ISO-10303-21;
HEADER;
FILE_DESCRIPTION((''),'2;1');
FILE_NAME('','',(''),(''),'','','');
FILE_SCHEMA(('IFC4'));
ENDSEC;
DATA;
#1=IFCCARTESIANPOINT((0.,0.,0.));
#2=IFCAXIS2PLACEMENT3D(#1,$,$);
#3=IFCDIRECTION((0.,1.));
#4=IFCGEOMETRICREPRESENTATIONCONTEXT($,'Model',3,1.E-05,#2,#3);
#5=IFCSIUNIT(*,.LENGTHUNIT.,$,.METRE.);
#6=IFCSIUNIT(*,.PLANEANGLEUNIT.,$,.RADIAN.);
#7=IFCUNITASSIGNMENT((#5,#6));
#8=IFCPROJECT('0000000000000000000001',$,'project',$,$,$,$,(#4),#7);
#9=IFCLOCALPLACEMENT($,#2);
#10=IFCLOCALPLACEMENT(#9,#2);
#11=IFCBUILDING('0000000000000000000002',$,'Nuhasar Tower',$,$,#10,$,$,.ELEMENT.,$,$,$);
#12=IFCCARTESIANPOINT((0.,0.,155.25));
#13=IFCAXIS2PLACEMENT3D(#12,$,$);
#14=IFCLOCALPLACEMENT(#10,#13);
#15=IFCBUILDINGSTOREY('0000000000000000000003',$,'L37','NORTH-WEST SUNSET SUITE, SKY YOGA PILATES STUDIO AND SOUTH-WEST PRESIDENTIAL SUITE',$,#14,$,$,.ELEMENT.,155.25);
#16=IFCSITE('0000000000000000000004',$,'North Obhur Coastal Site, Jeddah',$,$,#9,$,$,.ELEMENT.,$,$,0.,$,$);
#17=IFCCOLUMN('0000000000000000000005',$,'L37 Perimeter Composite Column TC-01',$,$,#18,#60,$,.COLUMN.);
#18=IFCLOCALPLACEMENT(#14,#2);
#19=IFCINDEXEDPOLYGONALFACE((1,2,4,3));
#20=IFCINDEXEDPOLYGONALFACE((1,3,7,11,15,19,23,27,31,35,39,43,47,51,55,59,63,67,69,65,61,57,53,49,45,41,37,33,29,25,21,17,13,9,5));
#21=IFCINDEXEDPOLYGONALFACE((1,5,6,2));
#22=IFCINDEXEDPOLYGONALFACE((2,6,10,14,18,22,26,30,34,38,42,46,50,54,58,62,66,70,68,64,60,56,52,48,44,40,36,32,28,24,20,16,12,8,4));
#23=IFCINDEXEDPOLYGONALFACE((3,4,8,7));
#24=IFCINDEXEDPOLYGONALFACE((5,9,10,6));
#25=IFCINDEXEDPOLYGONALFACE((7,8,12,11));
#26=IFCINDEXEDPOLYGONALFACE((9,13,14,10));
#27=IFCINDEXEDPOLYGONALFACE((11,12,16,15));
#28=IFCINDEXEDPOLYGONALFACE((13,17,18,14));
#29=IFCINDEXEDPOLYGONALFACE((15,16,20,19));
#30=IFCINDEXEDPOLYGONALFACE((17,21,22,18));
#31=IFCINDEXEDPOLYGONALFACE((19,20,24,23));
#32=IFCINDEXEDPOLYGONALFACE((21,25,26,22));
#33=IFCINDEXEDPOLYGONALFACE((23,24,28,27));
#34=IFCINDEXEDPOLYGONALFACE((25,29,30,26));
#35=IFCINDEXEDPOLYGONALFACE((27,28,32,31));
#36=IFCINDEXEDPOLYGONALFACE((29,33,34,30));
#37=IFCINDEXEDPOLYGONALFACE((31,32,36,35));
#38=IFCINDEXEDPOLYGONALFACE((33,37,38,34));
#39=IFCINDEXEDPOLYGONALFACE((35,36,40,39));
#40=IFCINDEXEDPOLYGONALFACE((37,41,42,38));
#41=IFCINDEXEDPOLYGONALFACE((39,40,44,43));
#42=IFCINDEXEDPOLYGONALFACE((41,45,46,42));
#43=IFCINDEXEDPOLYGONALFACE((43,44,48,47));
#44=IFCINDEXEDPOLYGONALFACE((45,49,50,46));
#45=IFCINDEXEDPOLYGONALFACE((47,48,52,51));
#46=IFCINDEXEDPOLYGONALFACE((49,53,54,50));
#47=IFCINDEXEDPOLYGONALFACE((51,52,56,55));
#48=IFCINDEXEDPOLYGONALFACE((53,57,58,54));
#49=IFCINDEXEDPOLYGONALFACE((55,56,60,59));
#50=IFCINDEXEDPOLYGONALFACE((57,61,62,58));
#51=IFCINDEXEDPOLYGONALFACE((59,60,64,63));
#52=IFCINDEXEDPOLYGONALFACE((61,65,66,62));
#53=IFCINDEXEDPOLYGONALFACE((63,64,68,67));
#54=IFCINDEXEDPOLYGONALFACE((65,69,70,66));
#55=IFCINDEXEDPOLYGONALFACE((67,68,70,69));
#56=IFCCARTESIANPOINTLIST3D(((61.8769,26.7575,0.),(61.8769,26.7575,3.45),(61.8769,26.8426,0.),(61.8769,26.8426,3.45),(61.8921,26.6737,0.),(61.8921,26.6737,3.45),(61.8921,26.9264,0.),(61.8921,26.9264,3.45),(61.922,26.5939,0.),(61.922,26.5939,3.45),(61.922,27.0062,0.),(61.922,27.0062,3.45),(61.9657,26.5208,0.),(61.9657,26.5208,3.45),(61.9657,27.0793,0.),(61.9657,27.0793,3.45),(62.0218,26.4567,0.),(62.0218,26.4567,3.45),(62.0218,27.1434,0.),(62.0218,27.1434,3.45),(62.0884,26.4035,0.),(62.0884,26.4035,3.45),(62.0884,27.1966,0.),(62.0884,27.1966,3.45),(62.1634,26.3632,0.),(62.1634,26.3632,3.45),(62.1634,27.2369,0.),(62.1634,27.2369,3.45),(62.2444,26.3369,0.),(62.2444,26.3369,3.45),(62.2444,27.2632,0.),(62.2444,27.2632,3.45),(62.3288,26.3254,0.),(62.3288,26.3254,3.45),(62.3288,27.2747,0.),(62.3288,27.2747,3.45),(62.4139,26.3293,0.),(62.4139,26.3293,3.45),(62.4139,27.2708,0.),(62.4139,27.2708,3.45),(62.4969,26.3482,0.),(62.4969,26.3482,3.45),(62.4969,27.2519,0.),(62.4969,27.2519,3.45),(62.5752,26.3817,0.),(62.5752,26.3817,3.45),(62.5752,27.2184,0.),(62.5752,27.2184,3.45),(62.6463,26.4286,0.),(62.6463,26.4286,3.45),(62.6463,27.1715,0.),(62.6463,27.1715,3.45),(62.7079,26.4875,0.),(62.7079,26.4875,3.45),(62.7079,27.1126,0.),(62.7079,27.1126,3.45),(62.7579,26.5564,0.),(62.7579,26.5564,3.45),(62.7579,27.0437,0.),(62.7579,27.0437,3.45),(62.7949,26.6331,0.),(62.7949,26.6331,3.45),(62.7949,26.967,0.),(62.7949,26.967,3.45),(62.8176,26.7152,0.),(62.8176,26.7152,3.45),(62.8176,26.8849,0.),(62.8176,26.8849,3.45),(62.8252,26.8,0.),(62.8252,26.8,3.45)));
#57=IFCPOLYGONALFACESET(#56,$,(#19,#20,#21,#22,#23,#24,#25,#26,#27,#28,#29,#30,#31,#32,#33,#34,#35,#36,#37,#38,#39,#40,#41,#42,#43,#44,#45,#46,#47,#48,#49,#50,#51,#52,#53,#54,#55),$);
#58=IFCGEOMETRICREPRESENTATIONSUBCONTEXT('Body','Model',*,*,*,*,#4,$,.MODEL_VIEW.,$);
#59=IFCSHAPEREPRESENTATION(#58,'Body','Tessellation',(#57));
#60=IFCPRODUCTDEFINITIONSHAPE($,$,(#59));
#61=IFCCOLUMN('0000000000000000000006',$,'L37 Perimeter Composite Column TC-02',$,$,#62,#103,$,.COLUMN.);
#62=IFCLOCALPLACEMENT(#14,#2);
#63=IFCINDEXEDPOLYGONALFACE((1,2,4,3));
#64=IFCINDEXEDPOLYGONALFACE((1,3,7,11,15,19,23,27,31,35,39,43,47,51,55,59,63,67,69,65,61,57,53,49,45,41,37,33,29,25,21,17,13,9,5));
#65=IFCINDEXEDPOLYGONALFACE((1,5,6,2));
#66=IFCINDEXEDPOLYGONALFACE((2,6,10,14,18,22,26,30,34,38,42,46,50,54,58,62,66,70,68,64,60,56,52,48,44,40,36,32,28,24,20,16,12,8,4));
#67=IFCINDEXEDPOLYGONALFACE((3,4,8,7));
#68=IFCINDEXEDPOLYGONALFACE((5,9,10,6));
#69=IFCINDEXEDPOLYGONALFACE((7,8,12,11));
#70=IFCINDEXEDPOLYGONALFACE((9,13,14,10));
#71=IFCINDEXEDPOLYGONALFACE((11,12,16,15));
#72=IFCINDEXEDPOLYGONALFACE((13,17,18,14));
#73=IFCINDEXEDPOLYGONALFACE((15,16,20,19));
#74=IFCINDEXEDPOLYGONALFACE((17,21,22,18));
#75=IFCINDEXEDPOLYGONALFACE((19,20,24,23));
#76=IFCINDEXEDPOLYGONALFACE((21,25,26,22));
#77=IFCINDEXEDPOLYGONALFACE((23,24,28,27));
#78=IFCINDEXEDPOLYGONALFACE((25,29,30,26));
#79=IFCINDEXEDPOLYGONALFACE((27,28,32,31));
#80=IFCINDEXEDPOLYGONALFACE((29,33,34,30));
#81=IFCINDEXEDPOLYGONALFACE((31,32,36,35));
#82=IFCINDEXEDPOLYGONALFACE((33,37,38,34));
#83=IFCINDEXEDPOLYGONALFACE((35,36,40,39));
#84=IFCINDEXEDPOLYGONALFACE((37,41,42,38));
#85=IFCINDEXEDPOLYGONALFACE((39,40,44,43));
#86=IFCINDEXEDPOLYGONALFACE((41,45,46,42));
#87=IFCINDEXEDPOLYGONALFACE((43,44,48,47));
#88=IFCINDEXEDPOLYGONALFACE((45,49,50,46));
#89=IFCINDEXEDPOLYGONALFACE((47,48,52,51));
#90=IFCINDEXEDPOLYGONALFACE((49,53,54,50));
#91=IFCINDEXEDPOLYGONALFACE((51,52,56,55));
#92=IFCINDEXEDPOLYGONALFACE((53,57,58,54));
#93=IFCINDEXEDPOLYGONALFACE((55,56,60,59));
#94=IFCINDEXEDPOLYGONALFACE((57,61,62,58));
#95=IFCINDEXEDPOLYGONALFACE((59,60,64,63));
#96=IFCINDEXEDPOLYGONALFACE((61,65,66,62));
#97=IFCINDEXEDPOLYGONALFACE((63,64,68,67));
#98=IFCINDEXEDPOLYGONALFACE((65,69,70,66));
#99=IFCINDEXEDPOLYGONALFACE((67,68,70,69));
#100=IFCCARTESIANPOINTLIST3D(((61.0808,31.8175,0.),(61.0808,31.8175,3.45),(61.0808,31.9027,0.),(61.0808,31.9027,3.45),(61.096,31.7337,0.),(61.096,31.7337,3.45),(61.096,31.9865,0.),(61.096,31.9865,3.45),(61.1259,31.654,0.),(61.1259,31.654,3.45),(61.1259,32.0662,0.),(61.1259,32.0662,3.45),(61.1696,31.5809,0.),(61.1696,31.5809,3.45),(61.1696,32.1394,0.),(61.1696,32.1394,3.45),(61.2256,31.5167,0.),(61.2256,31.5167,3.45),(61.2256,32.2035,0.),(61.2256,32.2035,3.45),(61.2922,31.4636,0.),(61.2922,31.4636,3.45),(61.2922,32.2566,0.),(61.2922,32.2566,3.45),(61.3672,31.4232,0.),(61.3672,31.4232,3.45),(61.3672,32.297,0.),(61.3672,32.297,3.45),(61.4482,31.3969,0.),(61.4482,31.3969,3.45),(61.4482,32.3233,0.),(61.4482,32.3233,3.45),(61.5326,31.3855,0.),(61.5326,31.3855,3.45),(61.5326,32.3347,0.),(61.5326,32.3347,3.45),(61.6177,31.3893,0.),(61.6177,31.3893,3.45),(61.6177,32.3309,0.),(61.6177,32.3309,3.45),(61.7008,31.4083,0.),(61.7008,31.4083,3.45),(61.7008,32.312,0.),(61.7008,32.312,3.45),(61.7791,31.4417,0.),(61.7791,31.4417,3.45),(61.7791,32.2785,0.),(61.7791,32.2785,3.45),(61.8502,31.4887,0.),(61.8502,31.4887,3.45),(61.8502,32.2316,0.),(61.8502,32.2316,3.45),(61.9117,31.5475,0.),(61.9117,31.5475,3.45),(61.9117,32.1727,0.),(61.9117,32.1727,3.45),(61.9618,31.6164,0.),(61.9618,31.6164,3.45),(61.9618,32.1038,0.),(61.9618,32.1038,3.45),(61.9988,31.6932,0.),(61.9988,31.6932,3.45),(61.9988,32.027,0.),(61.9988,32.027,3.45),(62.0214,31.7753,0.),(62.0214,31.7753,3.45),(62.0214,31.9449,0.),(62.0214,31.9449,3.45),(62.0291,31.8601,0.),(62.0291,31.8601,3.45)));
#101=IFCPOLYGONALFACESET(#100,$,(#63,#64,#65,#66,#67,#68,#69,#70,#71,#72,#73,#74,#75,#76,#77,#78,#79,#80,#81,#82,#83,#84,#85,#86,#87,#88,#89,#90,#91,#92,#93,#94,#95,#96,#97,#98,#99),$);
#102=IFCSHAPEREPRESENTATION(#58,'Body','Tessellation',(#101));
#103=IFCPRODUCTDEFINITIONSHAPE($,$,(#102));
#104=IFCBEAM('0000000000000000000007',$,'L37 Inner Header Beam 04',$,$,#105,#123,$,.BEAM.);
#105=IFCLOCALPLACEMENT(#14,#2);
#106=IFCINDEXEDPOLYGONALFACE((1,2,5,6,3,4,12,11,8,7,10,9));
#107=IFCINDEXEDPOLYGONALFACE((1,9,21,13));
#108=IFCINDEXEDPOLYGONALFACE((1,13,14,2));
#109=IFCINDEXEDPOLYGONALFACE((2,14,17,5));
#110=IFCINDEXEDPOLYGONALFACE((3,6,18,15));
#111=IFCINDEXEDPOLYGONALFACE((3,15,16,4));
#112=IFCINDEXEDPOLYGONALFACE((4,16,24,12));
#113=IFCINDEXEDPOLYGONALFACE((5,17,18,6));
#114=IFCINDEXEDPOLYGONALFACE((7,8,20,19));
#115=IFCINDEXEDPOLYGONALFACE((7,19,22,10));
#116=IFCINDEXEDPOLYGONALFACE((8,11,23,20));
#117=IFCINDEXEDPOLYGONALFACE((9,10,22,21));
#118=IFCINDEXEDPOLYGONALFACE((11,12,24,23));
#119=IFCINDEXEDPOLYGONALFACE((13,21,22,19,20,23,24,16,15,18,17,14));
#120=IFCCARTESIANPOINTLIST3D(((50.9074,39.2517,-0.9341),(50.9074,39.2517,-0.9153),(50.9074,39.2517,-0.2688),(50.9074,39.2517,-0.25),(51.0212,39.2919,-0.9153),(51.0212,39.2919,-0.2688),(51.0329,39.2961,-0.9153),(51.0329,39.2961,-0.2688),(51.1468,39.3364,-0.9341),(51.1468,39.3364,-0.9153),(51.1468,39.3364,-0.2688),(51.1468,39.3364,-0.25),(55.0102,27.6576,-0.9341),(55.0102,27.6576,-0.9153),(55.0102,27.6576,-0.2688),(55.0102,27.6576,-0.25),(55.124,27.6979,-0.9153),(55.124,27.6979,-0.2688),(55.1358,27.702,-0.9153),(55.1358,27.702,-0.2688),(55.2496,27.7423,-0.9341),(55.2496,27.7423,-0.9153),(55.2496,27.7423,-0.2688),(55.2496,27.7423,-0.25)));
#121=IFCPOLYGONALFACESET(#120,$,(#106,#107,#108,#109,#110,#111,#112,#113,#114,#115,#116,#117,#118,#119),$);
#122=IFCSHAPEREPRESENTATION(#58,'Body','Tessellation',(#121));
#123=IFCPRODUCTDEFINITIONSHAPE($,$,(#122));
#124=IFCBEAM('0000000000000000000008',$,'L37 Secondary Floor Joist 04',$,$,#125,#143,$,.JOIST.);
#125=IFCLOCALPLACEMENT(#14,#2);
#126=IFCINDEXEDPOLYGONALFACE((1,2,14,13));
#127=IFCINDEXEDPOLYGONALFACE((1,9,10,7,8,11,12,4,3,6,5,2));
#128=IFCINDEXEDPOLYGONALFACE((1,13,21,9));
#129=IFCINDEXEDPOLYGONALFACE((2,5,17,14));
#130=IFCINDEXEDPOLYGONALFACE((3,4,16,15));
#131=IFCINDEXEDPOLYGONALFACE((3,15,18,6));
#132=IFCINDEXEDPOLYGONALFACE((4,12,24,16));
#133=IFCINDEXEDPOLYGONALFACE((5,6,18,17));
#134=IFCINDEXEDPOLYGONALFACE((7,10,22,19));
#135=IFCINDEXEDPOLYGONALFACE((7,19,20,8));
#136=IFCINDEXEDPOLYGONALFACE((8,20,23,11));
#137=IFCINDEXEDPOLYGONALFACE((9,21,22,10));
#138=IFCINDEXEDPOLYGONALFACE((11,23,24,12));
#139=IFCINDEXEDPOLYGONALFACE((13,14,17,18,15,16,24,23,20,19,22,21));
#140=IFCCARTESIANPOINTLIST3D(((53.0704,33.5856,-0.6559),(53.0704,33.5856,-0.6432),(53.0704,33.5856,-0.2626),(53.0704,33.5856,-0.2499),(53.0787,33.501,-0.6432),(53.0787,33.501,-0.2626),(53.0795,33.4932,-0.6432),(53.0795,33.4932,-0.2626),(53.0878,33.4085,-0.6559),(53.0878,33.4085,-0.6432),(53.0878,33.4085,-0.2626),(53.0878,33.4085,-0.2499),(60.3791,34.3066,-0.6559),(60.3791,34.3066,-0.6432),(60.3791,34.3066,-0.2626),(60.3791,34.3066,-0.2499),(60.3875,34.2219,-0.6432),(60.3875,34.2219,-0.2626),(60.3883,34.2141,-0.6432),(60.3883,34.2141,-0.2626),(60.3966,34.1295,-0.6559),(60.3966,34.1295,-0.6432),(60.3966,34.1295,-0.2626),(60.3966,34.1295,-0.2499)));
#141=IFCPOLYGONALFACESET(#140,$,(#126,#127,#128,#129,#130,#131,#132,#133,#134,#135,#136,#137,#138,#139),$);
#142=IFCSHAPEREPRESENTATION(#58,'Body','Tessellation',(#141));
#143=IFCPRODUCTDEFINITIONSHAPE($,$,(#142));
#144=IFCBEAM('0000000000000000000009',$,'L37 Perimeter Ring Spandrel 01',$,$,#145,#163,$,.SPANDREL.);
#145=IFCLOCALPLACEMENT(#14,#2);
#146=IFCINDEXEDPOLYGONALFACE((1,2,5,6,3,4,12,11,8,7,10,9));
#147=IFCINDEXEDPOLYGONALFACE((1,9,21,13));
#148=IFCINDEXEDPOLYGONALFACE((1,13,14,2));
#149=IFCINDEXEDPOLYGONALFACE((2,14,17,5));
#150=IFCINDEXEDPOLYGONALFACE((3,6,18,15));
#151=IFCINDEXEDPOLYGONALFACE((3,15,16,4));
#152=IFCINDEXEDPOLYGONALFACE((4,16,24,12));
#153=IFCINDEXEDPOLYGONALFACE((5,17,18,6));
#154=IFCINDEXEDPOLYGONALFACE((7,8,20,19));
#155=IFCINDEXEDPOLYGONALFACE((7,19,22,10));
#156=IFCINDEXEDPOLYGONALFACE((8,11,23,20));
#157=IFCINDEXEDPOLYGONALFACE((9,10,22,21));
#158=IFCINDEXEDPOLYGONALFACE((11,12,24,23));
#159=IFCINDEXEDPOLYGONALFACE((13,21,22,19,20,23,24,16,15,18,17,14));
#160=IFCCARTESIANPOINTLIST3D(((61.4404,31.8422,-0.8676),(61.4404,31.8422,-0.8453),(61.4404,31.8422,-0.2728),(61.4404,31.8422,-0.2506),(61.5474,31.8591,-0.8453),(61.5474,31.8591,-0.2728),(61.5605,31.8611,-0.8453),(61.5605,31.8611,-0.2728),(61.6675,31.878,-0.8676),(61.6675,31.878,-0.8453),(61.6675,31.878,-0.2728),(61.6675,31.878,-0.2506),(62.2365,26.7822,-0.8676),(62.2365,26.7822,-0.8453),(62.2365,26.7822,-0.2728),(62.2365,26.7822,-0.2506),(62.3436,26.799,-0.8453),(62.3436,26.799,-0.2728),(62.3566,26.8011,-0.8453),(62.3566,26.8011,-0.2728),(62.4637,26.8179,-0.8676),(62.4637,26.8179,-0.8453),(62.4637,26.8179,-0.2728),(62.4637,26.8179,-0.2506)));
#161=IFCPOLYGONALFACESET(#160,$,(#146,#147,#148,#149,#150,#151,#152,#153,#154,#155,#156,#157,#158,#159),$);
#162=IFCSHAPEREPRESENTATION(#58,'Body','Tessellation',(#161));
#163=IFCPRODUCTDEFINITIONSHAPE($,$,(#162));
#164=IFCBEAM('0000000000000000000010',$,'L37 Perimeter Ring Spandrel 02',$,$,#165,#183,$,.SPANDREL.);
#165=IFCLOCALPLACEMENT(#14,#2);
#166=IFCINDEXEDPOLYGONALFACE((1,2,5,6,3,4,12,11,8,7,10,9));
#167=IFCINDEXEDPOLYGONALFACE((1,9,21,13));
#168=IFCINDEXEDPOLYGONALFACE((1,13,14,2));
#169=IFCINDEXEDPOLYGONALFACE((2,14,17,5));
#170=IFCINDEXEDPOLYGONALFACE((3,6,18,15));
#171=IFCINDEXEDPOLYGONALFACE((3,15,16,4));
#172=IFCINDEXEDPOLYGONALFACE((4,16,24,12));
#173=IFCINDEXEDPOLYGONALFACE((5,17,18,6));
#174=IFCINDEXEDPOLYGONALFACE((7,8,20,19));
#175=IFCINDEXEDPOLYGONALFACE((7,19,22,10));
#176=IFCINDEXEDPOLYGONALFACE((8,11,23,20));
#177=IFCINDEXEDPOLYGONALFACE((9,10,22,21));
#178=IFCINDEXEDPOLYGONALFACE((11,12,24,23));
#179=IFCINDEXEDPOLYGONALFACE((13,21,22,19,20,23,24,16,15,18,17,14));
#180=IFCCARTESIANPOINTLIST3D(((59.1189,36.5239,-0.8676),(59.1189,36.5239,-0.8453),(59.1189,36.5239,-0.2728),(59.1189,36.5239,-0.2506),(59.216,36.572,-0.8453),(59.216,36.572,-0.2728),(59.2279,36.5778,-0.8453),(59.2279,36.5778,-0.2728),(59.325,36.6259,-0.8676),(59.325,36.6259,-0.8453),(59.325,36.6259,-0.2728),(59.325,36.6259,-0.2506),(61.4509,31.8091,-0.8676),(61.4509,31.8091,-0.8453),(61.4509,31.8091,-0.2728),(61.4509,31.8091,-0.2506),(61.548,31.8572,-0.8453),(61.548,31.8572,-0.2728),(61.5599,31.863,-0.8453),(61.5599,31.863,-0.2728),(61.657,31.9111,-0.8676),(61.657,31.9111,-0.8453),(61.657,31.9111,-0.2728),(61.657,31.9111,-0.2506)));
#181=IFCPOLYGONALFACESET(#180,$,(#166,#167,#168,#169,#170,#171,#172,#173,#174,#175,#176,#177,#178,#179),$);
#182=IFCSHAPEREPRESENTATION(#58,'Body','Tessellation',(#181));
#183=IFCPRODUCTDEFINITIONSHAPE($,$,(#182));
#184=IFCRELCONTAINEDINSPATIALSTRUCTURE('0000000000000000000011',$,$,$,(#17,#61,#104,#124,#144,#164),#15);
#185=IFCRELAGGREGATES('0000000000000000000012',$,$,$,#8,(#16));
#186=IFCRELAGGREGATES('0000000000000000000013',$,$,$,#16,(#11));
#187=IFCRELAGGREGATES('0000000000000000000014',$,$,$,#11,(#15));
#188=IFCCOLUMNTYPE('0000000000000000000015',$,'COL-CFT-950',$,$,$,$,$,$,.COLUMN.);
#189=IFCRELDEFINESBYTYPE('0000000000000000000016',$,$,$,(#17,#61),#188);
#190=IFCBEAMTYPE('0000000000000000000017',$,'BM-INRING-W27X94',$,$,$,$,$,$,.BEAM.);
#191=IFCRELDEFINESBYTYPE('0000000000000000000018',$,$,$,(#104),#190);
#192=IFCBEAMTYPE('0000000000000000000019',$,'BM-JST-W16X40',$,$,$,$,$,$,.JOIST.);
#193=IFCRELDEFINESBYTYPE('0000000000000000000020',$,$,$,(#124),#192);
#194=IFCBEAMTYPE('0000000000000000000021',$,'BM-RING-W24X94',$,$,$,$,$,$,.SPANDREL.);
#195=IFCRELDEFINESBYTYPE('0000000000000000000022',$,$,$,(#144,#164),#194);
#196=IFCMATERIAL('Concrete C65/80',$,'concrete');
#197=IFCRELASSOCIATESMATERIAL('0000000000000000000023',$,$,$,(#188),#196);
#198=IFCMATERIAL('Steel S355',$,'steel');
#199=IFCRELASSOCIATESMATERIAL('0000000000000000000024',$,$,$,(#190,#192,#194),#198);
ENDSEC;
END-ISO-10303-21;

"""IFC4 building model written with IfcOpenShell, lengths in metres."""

from ifc_helpers import new_model, si_unit, direction, frame, origin, origin_2d, place, context, subcontext, project, spatial, circle, i_section, extrude, material, material_profile, profile_set, type_object, element, save


model = new_model("IFC4")

# Units and contexts
model_context = context("Model", 3, precision=1e-05, world=origin(), true_north=direction((0.0, 1.0)))
body_context = subcontext(model_context, "Body", "Model", "MODEL_VIEW")
ifc_project = project(units=[si_unit("LENGTHUNIT", "METRE"), si_unit("PLANEANGLEUNIT", "RADIAN")], contexts=[model_context])

# Site, building, storey
site_placement = place(None, origin())
site = spatial("IfcSite", under=ifc_project, at=site_placement, Name="North Obhur Coastal Site, Jeddah", CompositionType="ELEMENT", RefElevation=0.0)
building_placement = place(site_placement, origin())
building = spatial("IfcBuilding", under=site, at=building_placement, Name="Nuhasar Tower", CompositionType="ELEMENT")
storey_placement = place(building_placement, frame((0.0, 0.0, 155.25)))
storey = spatial("IfcBuildingStorey", under=building, at=storey_placement, Name="L37", Description="NORTH-WEST SUNSET SUITE, SKY YOGA PILATES STUDIO AND SOUTH-WEST PRESIDENTIAL SUITE", CompositionType="ELEMENT", Elevation=155.25)

# Columns
ifc_material_1 = material(Name="Concrete C65/80", Category="concrete")
ifc_material_profile_1 = material_profile(ifc_material_1, circle(Radius=0.4751, at=origin_2d()), Name="CFT950")
ifc_profile_set_1 = profile_set([ifc_material_profile_1], Name="Concrete C65/80")
column_type = type_object("IfcColumnType", Name="COL-CFT-950", PredefinedType="COLUMN", material=ifc_profile_set_1)
for number, where, z_axis, x_axis, name in (
    (1, (62.3501, 26.8, 0.0), (0.0, 0.0, 1.0), (1.0, 0.0, 0.0), "L37 Perimeter Composite Column TC-01"),
    (2, (61.554, 31.8601, 0.0), (0.0, 0.0, 1.0), (1.0, 0.0, 0.0), "L37 Perimeter Composite Column TC-02"),
):
    element("IfcColumn", number, at=place(storey_placement, frame(where, z_axis=z_axis, x_axis=x_axis)), inside=storey, type_object=column_type, Name=name, PredefinedType="COLUMN", context=body_context, shape_type="SweptSolid", body=[
        extrude(circle(Radius=0.4751, at=origin_2d()), origin(), (0.0, 0.0, 1.0), 3.45),
    ])

# Beams
ifc_material_2 = material(Name="Steel S355", Category="steel")
ifc_material_profile_2 = material_profile(ifc_material_2, i_section(OverallWidth=0.2539, OverallDepth=0.6841, WebThickness=0.0125, FlangeThickness=0.0188, at=origin_2d()), Name="W27X94")
ifc_profile_set_2 = profile_set([ifc_material_profile_2], Name="Steel S355")
beam_type_1 = type_object("IfcBeamType", Name="BM-INRING-W27X94", PredefinedType="BEAM", material=ifc_profile_set_2)
beam_1_placement = place(storey_placement, frame((55.1299, 27.7, -0.592), z_axis=(-0.3336, 0.942715, 0.0), x_axis=(-0.942715, -0.3336, 0.0)))
element("IfcBeam", 3, at=beam_1_placement, inside=storey, type_object=beam_type_1, Name="L37 Inner Header Beam 04", PredefinedType="BEAM", context=body_context, shape_type="SweptSolid", body=[
    extrude(i_section(OverallWidth=0.2539, OverallDepth=0.6841, WebThickness=0.0125, FlangeThickness=0.0188, at=origin_2d()), origin(), (0.0, 0.0, 1.0), 12.2986),
])
ifc_material_profile_3 = material_profile(ifc_material_2, i_section(OverallWidth=0.178, OverallDepth=0.406, WebThickness=0.0078, FlangeThickness=0.0127, at=origin_2d()), Name="W16X40")
ifc_profile_set_3 = profile_set([ifc_material_profile_3], Name="Steel S355")
beam_type_2 = type_object("IfcBeamType", Name="BM-JST-W16X40", PredefinedType="JOIST", material=ifc_profile_set_3)
beam_2_placement = place(storey_placement, frame((53.0791, 33.4971, -0.4529), z_axis=(0.99517, 0.098164, 0.0), x_axis=(-0.098164, 0.99517, 0.0)))
element("IfcBeam", 4, at=beam_2_placement, inside=storey, type_object=beam_type_2, Name="L37 Secondary Floor Joist 04", PredefinedType="JOIST", context=body_context, shape_type="SweptSolid", body=[
    extrude(i_section(OverallWidth=0.178, OverallDepth=0.406, WebThickness=0.0078, FlangeThickness=0.0127, at=origin_2d()), origin(), (0.0, 0.0, 1.0), 7.3442),
])
ifc_material_profile_4 = material_profile(ifc_material_2, i_section(OverallWidth=0.23, OverallDepth=0.6169, WebThickness=0.0132, FlangeThickness=0.0222, at=origin_2d()), Name="W24X94")
ifc_profile_set_4 = profile_set([ifc_material_profile_4], Name="Steel S355")
beam_type_3 = type_object("IfcBeamType", Name="BM-RING-W24X94", PredefinedType="SPANDREL", material=ifc_profile_set_4)
beam_3_placement = place(storey_placement, frame((62.3501, 26.8, -0.5591), z_axis=(-0.155427, 0.987847, 0.0), x_axis=(-0.987847, -0.155427, 0.0)))
element("IfcBeam", 5, at=beam_3_placement, inside=storey, type_object=beam_type_3, Name="L37 Perimeter Ring Spandrel 01", PredefinedType="SPANDREL", context=body_context, shape_type="SweptSolid", body=[
    extrude(i_section(OverallWidth=0.23, OverallDepth=0.6169, WebThickness=0.0132, FlangeThickness=0.0222, at=origin_2d()), origin(), (0.0, 0.0, 1.0), 5.1223),
])
beam_4_placement = place(storey_placement, frame((61.554, 31.8601, -0.5591), z_axis=(-0.443348, 0.89635, 0.0), x_axis=(-0.89635, -0.443348, 0.0)))
element("IfcBeam", 6, at=beam_4_placement, inside=storey, type_object=beam_type_3, Name="L37 Perimeter Ring Spandrel 02", PredefinedType="SPANDREL", context=body_context, shape_type="SweptSolid", body=[
    extrude(i_section(OverallWidth=0.23, OverallDepth=0.6169, WebThickness=0.0132, FlangeThickness=0.0222, at=origin_2d()), origin(), (0.0, 0.0, 1.0), 5.26),
])

save(model, "model.ifc")
